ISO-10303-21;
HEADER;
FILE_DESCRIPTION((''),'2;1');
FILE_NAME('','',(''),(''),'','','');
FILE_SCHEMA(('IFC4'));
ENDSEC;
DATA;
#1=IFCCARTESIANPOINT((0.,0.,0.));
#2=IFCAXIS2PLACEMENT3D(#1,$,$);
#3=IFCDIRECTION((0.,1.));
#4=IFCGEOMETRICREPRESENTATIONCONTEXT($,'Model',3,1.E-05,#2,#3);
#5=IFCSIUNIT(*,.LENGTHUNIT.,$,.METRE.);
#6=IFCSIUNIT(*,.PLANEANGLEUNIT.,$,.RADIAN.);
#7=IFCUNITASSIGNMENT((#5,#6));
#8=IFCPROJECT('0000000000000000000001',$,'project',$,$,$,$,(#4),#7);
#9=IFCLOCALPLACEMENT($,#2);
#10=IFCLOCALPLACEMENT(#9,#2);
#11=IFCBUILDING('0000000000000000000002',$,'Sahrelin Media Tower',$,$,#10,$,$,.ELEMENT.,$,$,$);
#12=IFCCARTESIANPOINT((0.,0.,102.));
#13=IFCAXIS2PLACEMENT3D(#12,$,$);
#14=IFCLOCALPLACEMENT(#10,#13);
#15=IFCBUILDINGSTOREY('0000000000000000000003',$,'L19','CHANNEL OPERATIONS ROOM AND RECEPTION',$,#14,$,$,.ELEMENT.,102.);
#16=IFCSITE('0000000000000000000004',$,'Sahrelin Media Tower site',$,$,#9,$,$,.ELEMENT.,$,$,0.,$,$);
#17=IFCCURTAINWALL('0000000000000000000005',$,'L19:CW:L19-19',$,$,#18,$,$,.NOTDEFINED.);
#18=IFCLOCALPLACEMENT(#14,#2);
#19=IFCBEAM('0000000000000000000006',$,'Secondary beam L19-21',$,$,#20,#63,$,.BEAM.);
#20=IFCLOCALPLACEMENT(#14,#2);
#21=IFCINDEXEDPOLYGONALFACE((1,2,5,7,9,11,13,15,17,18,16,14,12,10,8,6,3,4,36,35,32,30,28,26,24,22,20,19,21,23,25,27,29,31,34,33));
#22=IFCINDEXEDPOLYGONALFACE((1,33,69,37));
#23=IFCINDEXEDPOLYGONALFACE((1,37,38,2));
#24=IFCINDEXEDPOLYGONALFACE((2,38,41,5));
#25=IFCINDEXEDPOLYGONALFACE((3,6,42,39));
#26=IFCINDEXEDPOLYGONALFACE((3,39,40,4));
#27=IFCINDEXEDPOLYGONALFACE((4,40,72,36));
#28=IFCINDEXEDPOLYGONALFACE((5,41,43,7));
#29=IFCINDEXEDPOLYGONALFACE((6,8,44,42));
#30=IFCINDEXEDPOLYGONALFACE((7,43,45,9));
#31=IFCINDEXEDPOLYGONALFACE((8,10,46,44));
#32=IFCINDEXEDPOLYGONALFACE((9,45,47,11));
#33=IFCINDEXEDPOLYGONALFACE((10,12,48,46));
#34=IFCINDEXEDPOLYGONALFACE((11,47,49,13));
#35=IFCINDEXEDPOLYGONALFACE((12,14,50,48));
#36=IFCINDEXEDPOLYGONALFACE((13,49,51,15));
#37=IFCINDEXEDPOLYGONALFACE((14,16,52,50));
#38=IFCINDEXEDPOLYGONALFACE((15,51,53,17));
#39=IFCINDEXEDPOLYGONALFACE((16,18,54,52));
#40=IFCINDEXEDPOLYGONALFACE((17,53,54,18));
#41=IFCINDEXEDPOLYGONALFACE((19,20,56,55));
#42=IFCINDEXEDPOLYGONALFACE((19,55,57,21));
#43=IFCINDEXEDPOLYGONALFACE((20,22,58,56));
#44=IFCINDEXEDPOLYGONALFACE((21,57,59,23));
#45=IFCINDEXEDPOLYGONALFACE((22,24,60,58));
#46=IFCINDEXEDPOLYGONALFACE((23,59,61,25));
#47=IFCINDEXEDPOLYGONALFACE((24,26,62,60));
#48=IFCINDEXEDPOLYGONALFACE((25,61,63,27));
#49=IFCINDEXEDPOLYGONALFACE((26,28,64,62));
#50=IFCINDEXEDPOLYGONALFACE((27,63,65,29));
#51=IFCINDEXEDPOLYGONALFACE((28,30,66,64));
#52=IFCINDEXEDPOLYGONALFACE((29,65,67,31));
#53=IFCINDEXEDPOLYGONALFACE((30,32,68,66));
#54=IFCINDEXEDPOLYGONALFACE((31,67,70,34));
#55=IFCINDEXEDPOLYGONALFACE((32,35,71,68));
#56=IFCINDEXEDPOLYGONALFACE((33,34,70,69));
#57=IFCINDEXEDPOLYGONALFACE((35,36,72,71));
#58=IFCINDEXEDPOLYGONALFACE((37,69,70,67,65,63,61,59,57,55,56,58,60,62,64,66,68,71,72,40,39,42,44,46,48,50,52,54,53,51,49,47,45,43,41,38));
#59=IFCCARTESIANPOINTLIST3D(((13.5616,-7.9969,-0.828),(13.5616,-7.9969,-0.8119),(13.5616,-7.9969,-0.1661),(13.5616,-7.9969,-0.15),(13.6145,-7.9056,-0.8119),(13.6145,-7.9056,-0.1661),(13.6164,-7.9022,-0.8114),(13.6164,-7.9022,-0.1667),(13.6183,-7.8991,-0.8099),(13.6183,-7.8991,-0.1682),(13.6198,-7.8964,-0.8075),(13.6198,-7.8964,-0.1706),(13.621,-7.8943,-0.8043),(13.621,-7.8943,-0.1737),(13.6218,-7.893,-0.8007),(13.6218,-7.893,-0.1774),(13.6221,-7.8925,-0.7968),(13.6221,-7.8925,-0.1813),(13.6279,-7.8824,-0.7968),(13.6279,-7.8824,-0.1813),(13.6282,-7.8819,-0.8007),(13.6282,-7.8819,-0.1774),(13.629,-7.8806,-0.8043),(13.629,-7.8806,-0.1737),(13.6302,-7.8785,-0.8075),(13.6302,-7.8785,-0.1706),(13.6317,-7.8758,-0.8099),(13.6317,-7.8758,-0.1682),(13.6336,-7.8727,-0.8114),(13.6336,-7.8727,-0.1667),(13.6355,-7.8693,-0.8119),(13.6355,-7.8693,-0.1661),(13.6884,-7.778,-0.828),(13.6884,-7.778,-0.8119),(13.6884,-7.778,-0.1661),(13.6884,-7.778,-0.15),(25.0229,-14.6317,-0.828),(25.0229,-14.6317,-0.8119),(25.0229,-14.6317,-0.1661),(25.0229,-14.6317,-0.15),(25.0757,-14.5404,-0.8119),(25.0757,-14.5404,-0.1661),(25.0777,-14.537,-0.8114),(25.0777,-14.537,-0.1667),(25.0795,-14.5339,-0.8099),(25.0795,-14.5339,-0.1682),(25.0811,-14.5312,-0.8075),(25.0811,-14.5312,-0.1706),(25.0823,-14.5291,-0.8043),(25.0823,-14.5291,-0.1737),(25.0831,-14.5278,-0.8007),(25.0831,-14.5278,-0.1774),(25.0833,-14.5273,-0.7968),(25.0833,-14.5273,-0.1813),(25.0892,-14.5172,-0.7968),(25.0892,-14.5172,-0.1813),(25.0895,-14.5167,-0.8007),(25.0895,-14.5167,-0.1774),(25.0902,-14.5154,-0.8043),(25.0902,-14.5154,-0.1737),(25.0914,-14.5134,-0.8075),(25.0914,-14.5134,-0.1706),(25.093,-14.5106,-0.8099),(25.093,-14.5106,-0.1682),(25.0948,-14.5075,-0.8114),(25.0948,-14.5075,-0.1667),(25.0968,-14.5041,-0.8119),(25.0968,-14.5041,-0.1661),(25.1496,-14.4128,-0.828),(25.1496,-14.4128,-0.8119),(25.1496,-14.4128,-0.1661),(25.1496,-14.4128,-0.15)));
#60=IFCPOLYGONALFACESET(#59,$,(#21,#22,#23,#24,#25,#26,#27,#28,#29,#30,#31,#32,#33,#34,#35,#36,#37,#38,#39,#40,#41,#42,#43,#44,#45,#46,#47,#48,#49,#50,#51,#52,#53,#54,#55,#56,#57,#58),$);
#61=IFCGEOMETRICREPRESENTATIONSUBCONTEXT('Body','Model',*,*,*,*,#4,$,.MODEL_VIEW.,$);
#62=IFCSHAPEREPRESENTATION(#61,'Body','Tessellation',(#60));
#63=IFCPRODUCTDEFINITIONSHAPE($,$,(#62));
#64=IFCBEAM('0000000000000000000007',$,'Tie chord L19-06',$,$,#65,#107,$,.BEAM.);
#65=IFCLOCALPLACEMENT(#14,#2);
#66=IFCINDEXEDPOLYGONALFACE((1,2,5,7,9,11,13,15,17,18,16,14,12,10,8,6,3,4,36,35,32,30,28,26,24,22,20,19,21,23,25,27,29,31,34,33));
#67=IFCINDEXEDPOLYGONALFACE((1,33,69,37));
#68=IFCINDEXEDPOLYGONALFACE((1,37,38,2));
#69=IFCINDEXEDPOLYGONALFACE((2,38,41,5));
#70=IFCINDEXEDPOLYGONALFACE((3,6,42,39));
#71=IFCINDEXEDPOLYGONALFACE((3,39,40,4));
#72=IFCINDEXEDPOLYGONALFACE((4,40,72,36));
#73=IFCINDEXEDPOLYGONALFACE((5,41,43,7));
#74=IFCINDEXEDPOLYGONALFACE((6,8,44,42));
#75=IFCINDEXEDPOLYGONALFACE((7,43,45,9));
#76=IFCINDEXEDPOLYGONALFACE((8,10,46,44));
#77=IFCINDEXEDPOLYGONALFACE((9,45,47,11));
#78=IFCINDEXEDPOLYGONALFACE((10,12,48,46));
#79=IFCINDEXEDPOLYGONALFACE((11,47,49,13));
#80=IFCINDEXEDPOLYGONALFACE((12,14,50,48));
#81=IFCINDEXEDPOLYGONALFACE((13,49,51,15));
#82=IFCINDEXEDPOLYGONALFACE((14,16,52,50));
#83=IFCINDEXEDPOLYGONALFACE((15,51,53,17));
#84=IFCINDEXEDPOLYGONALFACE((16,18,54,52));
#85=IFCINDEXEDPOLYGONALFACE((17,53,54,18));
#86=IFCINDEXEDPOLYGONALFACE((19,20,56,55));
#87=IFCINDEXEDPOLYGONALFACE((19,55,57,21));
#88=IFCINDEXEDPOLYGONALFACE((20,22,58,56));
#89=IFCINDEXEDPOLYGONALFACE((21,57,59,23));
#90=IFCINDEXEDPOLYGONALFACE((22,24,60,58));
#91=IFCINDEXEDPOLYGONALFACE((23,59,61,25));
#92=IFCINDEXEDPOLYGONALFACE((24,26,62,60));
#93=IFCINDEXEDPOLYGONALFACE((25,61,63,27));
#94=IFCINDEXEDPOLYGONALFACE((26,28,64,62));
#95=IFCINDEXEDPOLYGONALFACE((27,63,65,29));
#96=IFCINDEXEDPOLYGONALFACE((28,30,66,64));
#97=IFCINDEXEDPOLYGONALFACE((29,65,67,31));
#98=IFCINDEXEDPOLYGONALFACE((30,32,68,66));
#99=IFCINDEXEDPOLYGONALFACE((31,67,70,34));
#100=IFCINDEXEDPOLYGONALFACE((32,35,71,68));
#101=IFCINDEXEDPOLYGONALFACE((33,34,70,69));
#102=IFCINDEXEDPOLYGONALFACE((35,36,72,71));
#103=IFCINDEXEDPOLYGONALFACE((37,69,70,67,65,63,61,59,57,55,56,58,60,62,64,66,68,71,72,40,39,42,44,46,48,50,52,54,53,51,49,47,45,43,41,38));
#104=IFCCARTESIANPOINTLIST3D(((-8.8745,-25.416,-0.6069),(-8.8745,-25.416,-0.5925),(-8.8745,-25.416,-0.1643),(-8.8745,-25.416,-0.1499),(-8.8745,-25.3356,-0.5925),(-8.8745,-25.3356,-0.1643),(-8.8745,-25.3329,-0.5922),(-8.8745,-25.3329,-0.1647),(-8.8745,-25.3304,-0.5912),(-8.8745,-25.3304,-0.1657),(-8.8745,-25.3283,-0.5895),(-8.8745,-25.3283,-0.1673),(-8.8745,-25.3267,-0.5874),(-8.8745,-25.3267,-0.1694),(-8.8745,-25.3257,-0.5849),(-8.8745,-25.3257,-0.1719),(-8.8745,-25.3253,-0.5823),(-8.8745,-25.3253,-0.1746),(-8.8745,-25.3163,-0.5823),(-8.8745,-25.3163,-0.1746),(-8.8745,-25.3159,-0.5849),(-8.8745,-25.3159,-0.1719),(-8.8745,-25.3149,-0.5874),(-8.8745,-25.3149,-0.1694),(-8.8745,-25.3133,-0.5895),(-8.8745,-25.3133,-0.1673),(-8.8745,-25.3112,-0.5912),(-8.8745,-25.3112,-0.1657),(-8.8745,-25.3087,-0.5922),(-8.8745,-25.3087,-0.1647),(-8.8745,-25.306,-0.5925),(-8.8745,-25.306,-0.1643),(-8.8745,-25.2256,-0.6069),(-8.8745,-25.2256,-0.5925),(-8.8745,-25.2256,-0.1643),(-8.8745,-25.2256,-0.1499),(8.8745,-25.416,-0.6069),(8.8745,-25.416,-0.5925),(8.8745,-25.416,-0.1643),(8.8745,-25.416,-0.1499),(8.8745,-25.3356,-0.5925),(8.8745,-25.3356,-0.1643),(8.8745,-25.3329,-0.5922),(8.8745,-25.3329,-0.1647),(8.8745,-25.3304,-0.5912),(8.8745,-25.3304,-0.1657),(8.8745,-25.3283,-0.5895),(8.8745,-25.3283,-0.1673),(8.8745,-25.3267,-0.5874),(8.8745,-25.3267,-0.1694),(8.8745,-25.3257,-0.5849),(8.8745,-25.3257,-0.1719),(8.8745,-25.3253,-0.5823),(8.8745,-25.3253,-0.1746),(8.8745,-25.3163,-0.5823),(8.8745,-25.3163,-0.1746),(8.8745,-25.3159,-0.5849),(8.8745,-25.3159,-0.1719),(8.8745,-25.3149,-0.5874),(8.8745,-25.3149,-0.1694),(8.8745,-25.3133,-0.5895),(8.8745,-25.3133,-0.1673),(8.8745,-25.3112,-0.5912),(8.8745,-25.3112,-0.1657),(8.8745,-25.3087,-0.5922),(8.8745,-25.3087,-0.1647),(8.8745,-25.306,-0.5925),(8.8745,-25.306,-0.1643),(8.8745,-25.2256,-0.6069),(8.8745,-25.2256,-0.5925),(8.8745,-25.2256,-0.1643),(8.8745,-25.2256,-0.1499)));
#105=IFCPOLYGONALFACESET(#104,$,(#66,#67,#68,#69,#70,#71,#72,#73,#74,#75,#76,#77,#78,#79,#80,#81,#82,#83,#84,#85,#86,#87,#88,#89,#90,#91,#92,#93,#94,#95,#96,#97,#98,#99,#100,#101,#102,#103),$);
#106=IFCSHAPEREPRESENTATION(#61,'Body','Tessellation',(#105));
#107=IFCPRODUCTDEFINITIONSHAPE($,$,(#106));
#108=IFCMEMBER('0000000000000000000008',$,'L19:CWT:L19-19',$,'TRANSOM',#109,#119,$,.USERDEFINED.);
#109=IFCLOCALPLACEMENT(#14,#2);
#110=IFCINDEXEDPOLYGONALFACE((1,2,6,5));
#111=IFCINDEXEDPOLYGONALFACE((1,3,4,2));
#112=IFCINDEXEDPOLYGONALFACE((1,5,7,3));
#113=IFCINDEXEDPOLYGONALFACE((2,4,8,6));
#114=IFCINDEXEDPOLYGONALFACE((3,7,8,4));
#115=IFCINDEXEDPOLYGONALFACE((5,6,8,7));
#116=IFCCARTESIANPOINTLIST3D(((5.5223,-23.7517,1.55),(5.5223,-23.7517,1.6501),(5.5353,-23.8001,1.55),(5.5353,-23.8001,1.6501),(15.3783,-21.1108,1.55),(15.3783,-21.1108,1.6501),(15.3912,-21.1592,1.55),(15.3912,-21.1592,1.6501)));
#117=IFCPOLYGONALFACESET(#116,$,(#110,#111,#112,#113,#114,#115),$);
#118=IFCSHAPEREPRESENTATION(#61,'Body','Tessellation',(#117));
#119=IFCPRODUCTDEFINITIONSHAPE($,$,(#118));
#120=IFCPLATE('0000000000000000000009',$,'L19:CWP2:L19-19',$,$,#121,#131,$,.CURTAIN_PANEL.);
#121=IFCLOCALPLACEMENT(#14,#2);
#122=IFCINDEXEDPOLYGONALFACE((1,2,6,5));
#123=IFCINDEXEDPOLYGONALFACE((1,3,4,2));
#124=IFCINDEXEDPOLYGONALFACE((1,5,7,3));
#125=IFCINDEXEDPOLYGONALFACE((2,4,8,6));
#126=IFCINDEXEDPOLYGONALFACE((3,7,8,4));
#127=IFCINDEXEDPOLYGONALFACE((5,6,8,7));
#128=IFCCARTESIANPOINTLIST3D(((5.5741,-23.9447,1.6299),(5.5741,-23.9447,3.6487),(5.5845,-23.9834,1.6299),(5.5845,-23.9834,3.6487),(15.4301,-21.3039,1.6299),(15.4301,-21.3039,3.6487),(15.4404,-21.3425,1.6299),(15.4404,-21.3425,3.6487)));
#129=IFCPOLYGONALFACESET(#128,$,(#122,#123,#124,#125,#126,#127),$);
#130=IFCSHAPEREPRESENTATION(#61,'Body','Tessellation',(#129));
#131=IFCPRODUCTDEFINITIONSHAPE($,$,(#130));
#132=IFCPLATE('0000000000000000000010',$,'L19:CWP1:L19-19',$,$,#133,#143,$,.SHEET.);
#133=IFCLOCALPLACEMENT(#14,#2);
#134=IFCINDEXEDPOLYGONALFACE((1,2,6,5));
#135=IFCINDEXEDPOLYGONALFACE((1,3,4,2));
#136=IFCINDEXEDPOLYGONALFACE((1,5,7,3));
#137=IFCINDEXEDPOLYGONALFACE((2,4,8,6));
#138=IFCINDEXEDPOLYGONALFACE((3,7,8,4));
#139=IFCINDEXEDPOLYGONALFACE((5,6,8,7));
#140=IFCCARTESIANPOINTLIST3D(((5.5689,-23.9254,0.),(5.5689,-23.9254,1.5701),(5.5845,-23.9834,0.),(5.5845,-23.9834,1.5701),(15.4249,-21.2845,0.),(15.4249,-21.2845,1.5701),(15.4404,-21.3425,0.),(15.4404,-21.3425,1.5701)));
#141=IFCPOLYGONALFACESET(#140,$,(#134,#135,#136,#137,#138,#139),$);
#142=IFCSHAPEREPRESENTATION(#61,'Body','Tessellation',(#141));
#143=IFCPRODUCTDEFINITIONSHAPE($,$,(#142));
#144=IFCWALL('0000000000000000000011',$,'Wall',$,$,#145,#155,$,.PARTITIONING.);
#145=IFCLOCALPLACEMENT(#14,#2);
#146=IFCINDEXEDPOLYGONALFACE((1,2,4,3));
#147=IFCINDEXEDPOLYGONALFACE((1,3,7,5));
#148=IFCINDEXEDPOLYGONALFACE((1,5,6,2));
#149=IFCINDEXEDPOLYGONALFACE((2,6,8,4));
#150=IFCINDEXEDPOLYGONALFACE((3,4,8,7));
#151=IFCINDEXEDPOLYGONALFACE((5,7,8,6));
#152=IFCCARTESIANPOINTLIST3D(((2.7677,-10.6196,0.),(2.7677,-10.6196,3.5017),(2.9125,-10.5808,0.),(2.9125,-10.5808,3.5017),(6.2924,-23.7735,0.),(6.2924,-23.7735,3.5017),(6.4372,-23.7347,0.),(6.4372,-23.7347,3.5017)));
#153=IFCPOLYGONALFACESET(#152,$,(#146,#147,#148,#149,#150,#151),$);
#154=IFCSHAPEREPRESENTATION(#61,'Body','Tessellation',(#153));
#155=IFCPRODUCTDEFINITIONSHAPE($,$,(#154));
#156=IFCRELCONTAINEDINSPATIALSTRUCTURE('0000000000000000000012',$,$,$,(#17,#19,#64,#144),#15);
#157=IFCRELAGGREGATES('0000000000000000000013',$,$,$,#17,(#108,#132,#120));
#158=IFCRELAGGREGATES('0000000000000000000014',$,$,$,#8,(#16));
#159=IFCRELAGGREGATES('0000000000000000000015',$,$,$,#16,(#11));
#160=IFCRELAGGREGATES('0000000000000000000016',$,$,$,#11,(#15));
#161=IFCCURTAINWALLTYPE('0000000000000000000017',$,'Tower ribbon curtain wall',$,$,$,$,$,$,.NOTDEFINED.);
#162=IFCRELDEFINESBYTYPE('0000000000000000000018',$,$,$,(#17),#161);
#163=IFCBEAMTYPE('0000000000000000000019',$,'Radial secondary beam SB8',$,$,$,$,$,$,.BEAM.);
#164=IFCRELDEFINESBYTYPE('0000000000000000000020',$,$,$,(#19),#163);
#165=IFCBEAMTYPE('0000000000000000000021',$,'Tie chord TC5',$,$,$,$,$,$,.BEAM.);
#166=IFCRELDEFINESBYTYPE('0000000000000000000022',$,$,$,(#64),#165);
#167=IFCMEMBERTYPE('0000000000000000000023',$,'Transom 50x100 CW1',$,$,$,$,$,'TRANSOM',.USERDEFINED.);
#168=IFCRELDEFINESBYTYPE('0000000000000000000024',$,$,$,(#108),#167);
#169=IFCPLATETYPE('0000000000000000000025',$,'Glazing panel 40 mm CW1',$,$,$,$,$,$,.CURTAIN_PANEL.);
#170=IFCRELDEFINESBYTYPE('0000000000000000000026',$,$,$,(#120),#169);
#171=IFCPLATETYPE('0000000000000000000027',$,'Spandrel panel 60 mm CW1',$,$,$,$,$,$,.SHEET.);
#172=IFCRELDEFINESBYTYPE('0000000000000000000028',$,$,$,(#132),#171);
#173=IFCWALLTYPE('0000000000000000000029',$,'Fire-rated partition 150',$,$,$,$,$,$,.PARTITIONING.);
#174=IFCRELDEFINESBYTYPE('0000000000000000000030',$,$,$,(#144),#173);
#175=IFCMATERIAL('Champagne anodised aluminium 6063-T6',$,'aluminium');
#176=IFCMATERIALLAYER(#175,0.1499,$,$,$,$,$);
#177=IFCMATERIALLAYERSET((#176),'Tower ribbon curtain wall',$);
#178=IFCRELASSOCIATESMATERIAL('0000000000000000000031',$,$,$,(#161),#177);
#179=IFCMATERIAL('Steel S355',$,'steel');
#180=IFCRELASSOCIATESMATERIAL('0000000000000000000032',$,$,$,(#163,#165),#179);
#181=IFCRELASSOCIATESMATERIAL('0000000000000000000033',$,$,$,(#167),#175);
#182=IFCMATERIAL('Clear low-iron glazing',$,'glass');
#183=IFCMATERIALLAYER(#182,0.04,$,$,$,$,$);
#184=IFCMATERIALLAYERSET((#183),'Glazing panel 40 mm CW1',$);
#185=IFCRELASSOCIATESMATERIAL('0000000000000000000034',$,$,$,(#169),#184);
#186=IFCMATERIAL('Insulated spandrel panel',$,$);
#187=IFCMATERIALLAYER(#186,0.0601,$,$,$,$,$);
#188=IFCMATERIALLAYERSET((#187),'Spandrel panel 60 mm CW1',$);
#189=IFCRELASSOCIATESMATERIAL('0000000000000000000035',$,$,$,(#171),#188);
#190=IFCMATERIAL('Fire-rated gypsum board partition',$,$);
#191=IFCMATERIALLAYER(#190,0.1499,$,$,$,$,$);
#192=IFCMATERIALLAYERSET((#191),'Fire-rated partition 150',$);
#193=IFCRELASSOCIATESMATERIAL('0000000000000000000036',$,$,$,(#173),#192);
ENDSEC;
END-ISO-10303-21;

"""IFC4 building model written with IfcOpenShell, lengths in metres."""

from ifc_helpers import new_model, si_unit, direction, frame, frame_2d, origin, origin_2d, place, context, subcontext, project, spatial, polyline, rectangle, i_section, outline, extrude, material, layer, layer_set, material_profile, profile_set, type_object, element, aggregate, save


model = new_model("IFC4")

# Units and contexts
model_context = context("Model", 3, precision=1e-05, world=origin(), true_north=direction((0.0, 1.0)))
body_context = subcontext(model_context, "Body", "Model", "MODEL_VIEW")
ifc_project = project(units=[si_unit("LENGTHUNIT", "METRE"), si_unit("PLANEANGLEUNIT", "RADIAN")], contexts=[model_context])

# Site, building, storey
site_placement = place(None, origin())
site = spatial("IfcSite", under=ifc_project, at=site_placement, Name="Sahrelin Media Tower site", CompositionType="ELEMENT", RefElevation=0.0)
building_placement = place(site_placement, origin())
building = spatial("IfcBuilding", under=site, at=building_placement, Name="Sahrelin Media Tower", CompositionType="ELEMENT")
storey_placement = place(building_placement, frame((0.0, 0.0, 102.0)))
storey = spatial("IfcBuildingStorey", under=building, at=storey_placement, Name="L19", Description="CHANNEL OPERATIONS ROOM AND RECEPTION", CompositionType="ELEMENT", Elevation=102.0)

# Shared definitions
ifc_material_1 = material(Name="Steel S355", Category="steel")

# Curtain wall
ifc_material_2 = material(Name="Champagne anodised aluminium 6063-T6", Category="aluminium")
ifc_layer_1 = layer(ifc_material_2, 0.1499)
ifc_layer_set_1 = layer_set([ifc_layer_1], Name="Tower ribbon curtain wall")
curtain_wall_type = type_object("IfcCurtainWallType", Name="Tower ribbon curtain wall", PredefinedType="NOTDEFINED", material=ifc_layer_set_1)
curtain_wall_placement = place(storey_placement, frame((10.5073, -22.6438, 0.0), z_axis=(0.0, 0.0, 1.0), x_axis=(1.0, 0.0, 0.0)))
curtain_wall = element("IfcCurtainWall", 1, at=curtain_wall_placement, inside=storey, type_object=curtain_wall_type, Name="L19:CW:L19-19", PredefinedType="NOTDEFINED")

# Beams
ifc_material_profile_1 = material_profile(ifc_material_1, i_section(OverallWidth=0.2529, OverallDepth=0.678, WebThickness=0.0117, FlangeThickness=0.0161, FilletRadius=0.0151, at=origin_2d()), Name="UB 686x254x125")
ifc_profile_set_1 = profile_set([ifc_material_profile_1], Name="Steel S355")
beam_type_1 = type_object("IfcBeamType", Name="Radial secondary beam SB8", PredefinedType="BEAM", material=ifc_profile_set_1)
beam_1_placement = place(storey_placement, frame((13.625, -7.8875, -0.489), z_axis=(0.865448, -0.500999, 0.0), x_axis=(0.500999, 0.865448, 0.0)))
element("IfcBeam", 2, at=beam_1_placement, inside=storey, type_object=beam_type_1, Name="Secondary beam L19-21", PredefinedType="BEAM", context=body_context, shape_type="SweptSolid", body=[
    extrude(i_section(OverallWidth=0.2529, OverallDepth=0.678, WebThickness=0.0117, FlangeThickness=0.0161, FilletRadius=0.0151, at=origin_2d()), origin(), (0.0, 0.0, 1.0), 13.2432),
])
ifc_material_profile_2 = material_profile(ifc_material_1, i_section(OverallWidth=0.1904, OverallDepth=0.457, WebThickness=0.009, FlangeThickness=0.0144, FilletRadius=0.0103, at=origin_2d()), Name="UB 457x191x74")
ifc_profile_set_2 = profile_set([ifc_material_profile_2], Name="Steel S355")
beam_type_2 = type_object("IfcBeamType", Name="Tie chord TC5", PredefinedType="BEAM", material=ifc_profile_set_2)
beam_2_placement = place(storey_placement, frame((8.8745, -25.3208, -0.3784), z_axis=(-1.0, 0.0, 0.0), x_axis=(0.0, -1.0, 0.0)))
element("IfcBeam", 3, at=beam_2_placement, inside=storey, type_object=beam_type_2, Name="Tie chord L19-06", PredefinedType="BEAM", context=body_context, shape_type="SweptSolid", body=[
    extrude(i_section(OverallWidth=0.1904, OverallDepth=0.457, WebThickness=0.009, FlangeThickness=0.0144, FilletRadius=0.0103, at=origin_2d()), origin(), (0.0, 0.0, 1.0), 17.749),
])

# Member
ifc_material_profile_3 = material_profile(ifc_material_2, rectangle(XDim=0.05, YDim=0.1001, at=origin_2d()), Name="Transom 50x100")
ifc_profile_set_3 = profile_set([ifc_material_profile_3], Name="Champagne anodised aluminium 6063-T6")
member_type_1 = type_object("IfcMemberType", Name="Transom 50x100 CW1", ElementType="TRANSOM", PredefinedType="USERDEFINED", material=ifc_profile_set_3)
member_1_placement = place(storey_placement, frame((5.5288, -23.7759, 1.6001), z_axis=(0.965926, 0.258817, 0.0), x_axis=(-0.258817, 0.965926, 0.0)))
member_1 = element("IfcMember", 4, at=member_1_placement, type_object=member_type_1, Name="L19:CWT:L19-19", ObjectType="TRANSOM", PredefinedType="USERDEFINED", context=body_context, shape_type="SweptSolid", body=[
    extrude(rectangle(XDim=0.05, YDim=0.1001, at=origin_2d()), origin(), (0.0, 0.0, 1.0), 10.2036),
])

# Plates
ifc_material_3 = material(Name="Clear low-iron glazing", Category="glass")
ifc_layer_2 = layer(ifc_material_3, 0.04)
ifc_layer_set_2 = layer_set([ifc_layer_2], Name="Glazing panel 40 mm CW1")
plate_type_1 = type_object("IfcPlateType", Name="Glazing panel 40 mm CW1", PredefinedType="CURTAIN_PANEL", material=ifc_layer_set_2)
plate_1_placement = place(storey_placement, frame((5.5845, -23.9834, 1.6299), z_axis=(0.258817, -0.965926, 0.0), x_axis=(0.965926, 0.258817, 0.0)))
plate_1 = element("IfcPlate", 5, at=plate_1_placement, type_object=plate_type_1, Name="L19:CWP2:L19-19", PredefinedType="CURTAIN_PANEL", context=body_context, shape_type="SweptSolid", body=[
    extrude(outline(polyline([(0.0, 0.0), (10.2036, 0.0), (10.2036, 2.0188), (0.0, 2.0188), (0.0, 0.0)])), origin(), (0.0, 0.0, -1.0), 0.04),
])
ifc_material_4 = material(Name="Insulated spandrel panel")
ifc_layer_3 = layer(ifc_material_4, 0.0601)
ifc_layer_set_3 = layer_set([ifc_layer_3], Name="Spandrel panel 60 mm CW1")
plate_type_2 = type_object("IfcPlateType", Name="Spandrel panel 60 mm CW1", PredefinedType="SHEET", material=ifc_layer_set_3)
plate_2_placement = place(storey_placement, frame((5.5845, -23.9834, 0.0), z_axis=(0.258817, -0.965926, 0.0), x_axis=(0.965926, 0.258817, 0.0)))
plate_2 = element("IfcPlate", 6, at=plate_2_placement, type_object=plate_type_2, Name="L19:CWP1:L19-19", PredefinedType="SHEET", context=body_context, shape_type="SweptSolid", body=[
    extrude(outline(polyline([(0.0, 0.0), (10.2036, 0.0), (10.2036, 1.5701), (0.0, 1.5701), (0.0, 0.0)])), origin(), (0.0, 0.0, -1.0), 0.0601),
])
aggregate(curtain_wall, [member_1, plate_2, plate_1])

# Wall
ifc_material_5 = material(Name="Fire-rated gypsum board partition")
ifc_layer_4 = layer(ifc_material_5, 0.1499)
ifc_layer_set_4 = layer_set([ifc_layer_4], Name="Fire-rated partition 150")
wall_type_1 = type_object("IfcWallType", Name="Fire-rated partition 150", PredefinedType="PARTITIONING", material=ifc_layer_set_4)
wall_1_placement = place(storey_placement, frame((2.8401, -10.6001, 0.0), z_axis=(0.0, 0.0, 1.0), x_axis=(0.258826, -0.965924, 0.0)))
element("IfcWall", 7, at=wall_1_placement, inside=storey, type_object=wall_type_1, Name="Wall", PredefinedType="PARTITIONING", context=body_context, shape_type="SweptSolid", body=[
    extrude(rectangle(XDim=13.6179, YDim=0.1499, at=frame_2d((6.8091, 0.0))), origin(), (0.0, 0.0, 1.0), 3.5017),
])

save(model, "model.ifc")
